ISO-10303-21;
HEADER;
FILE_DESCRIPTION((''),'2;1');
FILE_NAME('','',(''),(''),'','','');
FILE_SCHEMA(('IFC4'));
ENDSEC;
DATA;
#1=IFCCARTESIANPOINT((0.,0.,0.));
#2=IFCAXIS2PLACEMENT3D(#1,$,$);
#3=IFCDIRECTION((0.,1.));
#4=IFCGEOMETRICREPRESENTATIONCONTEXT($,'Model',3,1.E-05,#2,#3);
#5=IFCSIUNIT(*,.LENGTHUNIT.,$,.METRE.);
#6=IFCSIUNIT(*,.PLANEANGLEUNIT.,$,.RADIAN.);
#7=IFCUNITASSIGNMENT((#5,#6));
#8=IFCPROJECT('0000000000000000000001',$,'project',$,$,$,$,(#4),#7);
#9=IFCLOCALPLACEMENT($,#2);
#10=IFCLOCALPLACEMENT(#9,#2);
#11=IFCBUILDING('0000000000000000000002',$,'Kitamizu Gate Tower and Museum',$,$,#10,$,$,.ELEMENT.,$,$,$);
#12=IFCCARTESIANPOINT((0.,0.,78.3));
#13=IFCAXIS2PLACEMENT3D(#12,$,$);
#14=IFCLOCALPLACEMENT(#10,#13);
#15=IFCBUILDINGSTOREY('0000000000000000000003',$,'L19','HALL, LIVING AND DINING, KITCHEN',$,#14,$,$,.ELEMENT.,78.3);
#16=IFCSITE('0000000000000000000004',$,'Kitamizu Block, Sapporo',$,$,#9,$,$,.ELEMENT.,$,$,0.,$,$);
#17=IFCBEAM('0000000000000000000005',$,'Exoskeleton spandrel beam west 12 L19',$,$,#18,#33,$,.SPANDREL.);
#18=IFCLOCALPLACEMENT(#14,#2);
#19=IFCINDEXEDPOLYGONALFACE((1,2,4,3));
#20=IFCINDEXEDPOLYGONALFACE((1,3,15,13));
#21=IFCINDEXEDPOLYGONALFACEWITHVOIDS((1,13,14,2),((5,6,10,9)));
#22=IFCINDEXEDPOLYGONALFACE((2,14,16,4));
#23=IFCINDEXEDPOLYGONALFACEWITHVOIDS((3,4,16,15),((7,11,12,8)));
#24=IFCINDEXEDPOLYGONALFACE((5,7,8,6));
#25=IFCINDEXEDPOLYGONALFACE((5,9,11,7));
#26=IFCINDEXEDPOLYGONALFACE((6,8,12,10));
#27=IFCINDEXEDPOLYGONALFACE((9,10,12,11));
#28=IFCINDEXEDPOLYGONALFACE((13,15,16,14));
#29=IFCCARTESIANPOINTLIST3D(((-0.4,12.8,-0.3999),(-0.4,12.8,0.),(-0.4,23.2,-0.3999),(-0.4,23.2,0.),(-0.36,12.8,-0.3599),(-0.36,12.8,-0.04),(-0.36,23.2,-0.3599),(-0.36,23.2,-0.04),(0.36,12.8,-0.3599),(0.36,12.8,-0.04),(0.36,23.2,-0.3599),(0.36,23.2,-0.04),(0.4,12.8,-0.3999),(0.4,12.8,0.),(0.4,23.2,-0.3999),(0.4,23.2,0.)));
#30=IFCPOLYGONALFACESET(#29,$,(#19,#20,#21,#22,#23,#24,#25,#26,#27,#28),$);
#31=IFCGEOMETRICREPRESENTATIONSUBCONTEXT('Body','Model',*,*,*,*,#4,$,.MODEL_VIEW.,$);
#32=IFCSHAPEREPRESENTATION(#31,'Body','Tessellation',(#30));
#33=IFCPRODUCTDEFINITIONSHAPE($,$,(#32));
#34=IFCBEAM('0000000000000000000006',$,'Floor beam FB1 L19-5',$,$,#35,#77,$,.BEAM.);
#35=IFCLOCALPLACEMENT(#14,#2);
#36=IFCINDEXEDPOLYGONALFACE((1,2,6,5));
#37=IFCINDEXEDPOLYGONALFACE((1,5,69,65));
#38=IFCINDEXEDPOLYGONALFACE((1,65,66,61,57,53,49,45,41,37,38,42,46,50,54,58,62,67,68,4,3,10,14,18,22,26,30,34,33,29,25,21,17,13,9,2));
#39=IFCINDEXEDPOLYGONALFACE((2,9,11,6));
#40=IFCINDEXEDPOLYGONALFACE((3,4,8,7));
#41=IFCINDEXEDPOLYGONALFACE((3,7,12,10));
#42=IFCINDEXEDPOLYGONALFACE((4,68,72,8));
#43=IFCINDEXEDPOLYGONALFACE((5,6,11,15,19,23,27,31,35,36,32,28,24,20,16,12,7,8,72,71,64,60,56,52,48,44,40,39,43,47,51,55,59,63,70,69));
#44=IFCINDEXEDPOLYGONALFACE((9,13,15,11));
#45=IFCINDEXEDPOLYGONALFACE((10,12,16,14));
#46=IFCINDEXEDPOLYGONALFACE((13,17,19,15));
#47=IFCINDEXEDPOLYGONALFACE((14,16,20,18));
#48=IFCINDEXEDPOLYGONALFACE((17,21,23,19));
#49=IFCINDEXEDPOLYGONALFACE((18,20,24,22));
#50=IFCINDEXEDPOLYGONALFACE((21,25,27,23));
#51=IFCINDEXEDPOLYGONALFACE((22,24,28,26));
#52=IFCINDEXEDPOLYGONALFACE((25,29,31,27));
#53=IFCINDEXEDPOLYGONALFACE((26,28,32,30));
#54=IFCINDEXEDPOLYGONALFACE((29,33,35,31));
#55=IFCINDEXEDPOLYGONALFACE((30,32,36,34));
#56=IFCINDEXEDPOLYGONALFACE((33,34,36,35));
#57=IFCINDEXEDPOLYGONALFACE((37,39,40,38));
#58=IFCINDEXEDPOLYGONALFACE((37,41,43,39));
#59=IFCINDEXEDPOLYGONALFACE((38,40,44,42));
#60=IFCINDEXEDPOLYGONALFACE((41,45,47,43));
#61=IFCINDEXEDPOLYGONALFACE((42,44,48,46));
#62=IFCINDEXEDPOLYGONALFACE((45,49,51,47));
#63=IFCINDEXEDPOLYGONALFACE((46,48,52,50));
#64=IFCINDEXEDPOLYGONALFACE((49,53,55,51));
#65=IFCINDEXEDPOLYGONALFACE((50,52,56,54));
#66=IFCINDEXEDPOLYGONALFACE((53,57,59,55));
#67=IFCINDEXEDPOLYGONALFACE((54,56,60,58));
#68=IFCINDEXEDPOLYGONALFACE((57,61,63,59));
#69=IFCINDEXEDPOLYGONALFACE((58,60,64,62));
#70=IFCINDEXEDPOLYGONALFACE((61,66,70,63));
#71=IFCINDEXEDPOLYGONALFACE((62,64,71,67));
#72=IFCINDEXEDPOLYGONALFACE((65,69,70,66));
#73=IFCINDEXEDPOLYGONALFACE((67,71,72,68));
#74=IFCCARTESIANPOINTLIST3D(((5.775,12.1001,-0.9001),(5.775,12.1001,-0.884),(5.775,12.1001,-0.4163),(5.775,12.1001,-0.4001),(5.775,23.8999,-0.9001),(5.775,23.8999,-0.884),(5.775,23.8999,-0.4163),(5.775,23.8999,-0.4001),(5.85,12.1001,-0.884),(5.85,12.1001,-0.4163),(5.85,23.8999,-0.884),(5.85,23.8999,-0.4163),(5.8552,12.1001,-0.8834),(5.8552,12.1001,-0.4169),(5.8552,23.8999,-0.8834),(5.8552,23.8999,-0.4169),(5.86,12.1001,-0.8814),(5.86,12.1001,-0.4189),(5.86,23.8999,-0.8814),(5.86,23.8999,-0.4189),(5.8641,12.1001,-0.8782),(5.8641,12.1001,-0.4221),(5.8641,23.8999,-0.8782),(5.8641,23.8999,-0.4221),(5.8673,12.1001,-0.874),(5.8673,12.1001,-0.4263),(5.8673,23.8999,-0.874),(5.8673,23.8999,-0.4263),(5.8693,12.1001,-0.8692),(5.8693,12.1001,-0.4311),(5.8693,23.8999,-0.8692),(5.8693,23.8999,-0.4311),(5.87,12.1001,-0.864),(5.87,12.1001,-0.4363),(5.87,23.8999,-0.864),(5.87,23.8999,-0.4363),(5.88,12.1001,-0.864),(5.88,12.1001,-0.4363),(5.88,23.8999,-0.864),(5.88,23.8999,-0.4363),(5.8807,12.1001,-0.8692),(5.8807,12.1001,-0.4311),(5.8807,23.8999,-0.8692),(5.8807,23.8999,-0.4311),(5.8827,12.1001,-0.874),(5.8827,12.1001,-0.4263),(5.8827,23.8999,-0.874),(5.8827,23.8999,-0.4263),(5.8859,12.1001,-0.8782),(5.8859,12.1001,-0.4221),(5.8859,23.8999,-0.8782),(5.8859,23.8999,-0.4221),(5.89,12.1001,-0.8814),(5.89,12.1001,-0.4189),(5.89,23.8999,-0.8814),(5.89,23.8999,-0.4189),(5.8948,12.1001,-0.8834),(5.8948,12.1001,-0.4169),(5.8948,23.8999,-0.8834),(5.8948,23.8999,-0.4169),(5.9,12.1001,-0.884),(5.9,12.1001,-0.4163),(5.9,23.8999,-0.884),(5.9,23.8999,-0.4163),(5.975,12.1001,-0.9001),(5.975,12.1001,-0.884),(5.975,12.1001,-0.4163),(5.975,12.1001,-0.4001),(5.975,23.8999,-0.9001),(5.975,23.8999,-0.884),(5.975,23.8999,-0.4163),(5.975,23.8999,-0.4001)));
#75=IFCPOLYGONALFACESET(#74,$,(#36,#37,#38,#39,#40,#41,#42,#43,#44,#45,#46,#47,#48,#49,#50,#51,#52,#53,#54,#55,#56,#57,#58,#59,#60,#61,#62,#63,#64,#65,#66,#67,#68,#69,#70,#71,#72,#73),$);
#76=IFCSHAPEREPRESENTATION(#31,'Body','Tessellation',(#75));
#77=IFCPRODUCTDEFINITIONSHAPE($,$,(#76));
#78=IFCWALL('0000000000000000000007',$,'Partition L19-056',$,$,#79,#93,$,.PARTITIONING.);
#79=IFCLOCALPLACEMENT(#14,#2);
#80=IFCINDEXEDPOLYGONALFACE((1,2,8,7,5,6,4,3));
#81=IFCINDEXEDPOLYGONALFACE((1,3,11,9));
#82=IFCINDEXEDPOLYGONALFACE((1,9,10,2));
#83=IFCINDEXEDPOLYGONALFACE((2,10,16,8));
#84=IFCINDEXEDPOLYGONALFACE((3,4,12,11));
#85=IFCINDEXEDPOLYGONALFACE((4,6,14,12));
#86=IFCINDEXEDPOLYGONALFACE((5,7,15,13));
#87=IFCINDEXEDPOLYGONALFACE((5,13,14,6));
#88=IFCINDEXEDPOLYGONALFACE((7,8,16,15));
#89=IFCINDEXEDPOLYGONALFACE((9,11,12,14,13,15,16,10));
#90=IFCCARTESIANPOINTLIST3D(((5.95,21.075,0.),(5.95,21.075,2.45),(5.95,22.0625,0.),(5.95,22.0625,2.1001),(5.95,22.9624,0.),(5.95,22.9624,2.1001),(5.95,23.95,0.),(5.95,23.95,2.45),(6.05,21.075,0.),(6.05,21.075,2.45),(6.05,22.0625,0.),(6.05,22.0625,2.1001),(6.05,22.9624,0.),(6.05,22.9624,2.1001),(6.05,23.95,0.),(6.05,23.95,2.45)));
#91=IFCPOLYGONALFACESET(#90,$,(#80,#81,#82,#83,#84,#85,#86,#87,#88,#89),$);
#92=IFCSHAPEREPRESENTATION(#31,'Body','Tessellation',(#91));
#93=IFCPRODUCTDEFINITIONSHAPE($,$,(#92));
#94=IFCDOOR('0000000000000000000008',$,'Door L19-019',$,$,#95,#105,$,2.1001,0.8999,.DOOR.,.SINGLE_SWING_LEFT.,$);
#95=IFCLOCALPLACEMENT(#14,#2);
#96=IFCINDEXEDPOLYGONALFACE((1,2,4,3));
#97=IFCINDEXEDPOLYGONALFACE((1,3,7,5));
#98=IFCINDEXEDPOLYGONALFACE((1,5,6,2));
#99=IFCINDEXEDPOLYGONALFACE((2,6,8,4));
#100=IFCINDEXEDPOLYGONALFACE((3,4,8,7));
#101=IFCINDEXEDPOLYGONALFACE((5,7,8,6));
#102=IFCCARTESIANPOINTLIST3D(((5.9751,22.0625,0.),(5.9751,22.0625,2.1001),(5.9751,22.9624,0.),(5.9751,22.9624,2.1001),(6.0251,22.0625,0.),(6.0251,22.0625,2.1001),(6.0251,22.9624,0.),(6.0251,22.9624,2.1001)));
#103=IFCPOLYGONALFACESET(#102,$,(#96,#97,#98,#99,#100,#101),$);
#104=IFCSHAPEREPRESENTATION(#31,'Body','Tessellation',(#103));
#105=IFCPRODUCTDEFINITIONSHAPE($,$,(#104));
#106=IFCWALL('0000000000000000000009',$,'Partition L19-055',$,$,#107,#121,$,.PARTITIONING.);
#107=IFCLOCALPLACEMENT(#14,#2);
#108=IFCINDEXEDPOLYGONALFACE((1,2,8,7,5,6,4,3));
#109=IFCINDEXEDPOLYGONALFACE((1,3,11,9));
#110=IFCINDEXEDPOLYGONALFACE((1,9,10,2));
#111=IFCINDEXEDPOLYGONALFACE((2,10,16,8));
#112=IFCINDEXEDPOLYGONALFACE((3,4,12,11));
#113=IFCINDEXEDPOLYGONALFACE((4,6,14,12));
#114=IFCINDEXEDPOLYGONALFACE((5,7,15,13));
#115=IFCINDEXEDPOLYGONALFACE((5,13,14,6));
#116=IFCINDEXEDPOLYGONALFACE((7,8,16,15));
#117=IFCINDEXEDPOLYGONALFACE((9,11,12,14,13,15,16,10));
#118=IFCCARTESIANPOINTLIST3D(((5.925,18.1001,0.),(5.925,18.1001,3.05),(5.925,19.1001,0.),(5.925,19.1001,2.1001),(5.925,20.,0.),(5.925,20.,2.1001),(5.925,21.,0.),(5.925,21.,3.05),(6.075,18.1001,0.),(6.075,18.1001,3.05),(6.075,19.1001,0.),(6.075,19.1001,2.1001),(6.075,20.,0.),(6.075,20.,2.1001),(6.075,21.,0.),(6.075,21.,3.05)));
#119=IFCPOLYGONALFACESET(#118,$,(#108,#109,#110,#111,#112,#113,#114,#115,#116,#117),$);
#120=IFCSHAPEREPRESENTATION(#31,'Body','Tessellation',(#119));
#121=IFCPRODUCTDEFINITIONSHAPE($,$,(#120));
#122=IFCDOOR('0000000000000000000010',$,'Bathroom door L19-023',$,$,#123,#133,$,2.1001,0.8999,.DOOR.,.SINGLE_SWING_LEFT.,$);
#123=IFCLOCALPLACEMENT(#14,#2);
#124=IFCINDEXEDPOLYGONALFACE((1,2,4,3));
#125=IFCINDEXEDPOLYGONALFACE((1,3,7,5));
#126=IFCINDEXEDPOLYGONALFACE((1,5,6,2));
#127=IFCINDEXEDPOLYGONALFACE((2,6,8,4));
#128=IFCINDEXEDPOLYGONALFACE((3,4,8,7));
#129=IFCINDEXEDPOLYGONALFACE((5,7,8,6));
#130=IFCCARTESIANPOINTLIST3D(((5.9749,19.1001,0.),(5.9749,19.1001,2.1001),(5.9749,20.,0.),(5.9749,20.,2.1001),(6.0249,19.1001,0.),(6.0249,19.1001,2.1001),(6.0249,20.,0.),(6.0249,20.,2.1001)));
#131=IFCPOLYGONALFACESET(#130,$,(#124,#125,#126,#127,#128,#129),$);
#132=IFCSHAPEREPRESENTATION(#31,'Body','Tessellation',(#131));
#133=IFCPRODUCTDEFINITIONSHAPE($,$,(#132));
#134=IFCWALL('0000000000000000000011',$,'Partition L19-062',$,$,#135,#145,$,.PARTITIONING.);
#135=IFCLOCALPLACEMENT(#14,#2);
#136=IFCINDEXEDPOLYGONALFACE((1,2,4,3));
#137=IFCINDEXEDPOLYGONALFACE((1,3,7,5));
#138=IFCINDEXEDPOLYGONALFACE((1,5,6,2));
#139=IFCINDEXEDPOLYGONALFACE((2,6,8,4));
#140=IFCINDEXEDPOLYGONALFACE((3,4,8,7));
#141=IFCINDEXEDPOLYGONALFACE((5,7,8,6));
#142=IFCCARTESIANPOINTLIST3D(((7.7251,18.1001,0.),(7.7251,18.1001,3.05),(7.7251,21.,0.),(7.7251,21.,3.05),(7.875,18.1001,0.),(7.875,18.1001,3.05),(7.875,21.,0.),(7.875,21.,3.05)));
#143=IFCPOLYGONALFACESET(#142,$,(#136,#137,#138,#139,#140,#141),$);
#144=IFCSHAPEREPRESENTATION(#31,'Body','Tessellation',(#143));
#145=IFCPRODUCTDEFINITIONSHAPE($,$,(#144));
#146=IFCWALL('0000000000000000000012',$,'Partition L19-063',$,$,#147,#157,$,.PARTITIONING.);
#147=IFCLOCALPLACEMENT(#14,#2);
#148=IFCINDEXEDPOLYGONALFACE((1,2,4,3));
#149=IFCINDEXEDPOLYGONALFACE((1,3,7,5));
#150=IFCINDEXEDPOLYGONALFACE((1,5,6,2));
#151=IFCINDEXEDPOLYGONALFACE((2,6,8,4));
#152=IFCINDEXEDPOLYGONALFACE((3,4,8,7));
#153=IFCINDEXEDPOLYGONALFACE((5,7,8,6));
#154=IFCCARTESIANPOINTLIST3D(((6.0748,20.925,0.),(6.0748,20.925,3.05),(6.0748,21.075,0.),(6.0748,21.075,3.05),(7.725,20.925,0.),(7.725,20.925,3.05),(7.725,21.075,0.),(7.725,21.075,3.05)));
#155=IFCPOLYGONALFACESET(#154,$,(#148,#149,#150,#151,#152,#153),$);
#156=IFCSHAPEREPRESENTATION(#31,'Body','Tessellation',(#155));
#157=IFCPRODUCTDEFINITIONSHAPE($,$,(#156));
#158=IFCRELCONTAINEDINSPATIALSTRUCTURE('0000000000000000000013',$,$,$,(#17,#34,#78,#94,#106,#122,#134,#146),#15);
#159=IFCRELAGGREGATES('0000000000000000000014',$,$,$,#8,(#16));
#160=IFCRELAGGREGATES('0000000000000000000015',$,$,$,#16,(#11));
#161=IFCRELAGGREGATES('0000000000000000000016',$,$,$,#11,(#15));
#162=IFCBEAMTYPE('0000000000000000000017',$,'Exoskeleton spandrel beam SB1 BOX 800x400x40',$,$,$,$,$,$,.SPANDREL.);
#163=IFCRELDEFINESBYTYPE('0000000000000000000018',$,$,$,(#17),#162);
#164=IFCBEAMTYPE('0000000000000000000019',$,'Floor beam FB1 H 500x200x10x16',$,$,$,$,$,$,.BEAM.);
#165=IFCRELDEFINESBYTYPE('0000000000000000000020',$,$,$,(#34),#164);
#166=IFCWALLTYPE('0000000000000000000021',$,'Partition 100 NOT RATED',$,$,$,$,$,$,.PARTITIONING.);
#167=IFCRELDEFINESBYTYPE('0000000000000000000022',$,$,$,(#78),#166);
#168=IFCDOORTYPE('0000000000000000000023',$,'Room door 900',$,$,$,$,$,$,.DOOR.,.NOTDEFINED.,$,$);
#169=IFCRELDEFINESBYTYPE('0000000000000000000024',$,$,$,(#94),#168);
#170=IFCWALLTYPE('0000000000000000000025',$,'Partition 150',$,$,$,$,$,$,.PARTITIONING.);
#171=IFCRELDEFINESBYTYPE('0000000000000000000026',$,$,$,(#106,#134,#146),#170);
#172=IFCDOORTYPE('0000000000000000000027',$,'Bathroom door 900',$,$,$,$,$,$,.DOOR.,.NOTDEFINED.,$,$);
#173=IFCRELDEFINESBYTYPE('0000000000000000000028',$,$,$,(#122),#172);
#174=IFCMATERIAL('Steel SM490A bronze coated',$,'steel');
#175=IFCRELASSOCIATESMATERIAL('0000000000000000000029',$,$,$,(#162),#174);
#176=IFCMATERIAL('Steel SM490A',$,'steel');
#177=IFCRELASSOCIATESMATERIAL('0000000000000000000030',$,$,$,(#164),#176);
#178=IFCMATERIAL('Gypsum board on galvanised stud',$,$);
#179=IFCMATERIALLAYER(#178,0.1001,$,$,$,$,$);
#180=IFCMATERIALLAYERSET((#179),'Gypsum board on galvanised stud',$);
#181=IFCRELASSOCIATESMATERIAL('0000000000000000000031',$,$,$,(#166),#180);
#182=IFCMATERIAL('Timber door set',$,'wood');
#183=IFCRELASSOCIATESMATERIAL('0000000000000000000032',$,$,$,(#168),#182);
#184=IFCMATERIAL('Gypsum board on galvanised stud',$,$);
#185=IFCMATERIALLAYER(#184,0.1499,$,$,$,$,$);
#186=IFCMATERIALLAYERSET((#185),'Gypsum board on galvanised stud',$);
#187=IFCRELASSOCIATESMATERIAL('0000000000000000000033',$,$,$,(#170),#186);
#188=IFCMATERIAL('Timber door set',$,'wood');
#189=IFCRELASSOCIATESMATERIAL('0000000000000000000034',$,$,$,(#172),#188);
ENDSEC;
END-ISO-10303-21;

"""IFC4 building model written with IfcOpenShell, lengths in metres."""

from ifc_helpers import new_model, si_unit, direction, frame, frame_2d, origin, origin_2d, place, context, subcontext, project, spatial, rectangle, hollow_rectangle, i_section, extrude, material, layer, layer_set, material_profile, profile_set, type_object, element, fill, save


model = new_model("IFC4")

# Units and contexts
model_context = context("Model", 3, precision=1e-05, world=origin(), true_north=direction((0.0, 1.0)))
body_context = subcontext(model_context, "Body", "Model", "MODEL_VIEW")
ifc_project = project(units=[si_unit("LENGTHUNIT", "METRE"), si_unit("PLANEANGLEUNIT", "RADIAN")], contexts=[model_context])

# Site, building, storey
site_placement = place(None, origin())
site = spatial("IfcSite", under=ifc_project, at=site_placement, Name="Kitamizu Block, Sapporo", CompositionType="ELEMENT", RefElevation=0.0)
building_placement = place(site_placement, origin())
building = spatial("IfcBuilding", under=site, at=building_placement, Name="Kitamizu Gate Tower and Museum", CompositionType="ELEMENT")
storey_placement = place(building_placement, frame((0.0, 0.0, 78.3)))
storey = spatial("IfcBuildingStorey", under=building, at=storey_placement, Name="L19", Description="HALL, LIVING AND DINING, KITCHEN", CompositionType="ELEMENT", Elevation=78.3)

# Beams
ifc_material_1 = material(Name="Steel SM490A bronze coated", Category="steel")
ifc_material_profile_1 = material_profile(ifc_material_1, hollow_rectangle(XDim=0.8, YDim=0.3999, WallThickness=0.04, at=origin_2d()), Name="BOX 800x400x40")
ifc_profile_set_1 = profile_set([ifc_material_profile_1], Name="Steel SM490A bronze coated")
beam_type_1 = type_object("IfcBeamType", Name="Exoskeleton spandrel beam SB1 BOX 800x400x40", PredefinedType="SPANDREL", material=ifc_profile_set_1)
beam_1_placement = place(storey_placement, frame((0.0, 12.8, -0.2), z_axis=(0.0, 1.0, 0.0), x_axis=(-1.0, 0.0, 0.0)))
element("IfcBeam", 1, at=beam_1_placement, inside=storey, type_object=beam_type_1, Name="Exoskeleton spandrel beam west 12 L19", PredefinedType="SPANDREL", context=body_context, shape_type="SweptSolid", body=[
    extrude(hollow_rectangle(XDim=0.8, YDim=0.3999, WallThickness=0.04, at=origin_2d()), origin(), (0.0, 0.0, 1.0), 10.3999),
])
ifc_material_2 = material(Name="Steel SM490A", Category="steel")
ifc_material_profile_2 = material_profile(ifc_material_2, i_section(OverallWidth=0.2, OverallDepth=0.5, WebThickness=0.01, FlangeThickness=0.0161, FilletRadius=0.02, at=origin_2d()), Name="H-500x200x10x16")
ifc_profile_set_2 = profile_set([ifc_material_profile_2], Name="Steel SM490A")
beam_type_2 = type_object("IfcBeamType", Name="Floor beam FB1 H 500x200x10x16", PredefinedType="BEAM", material=ifc_profile_set_2)
beam_2_placement = place(storey_placement, frame((5.875, 12.1001, -0.6501), z_axis=(0.0, 1.0, 0.0), x_axis=(-1.0, 0.0, 0.0)))
element("IfcBeam", 2, at=beam_2_placement, inside=storey, type_object=beam_type_2, Name="Floor beam FB1 L19-5", PredefinedType="BEAM", context=body_context, shape_type="SweptSolid", body=[
    extrude(i_section(OverallWidth=0.2, OverallDepth=0.5, WebThickness=0.01, FlangeThickness=0.0161, FilletRadius=0.02, at=origin_2d()), origin(), (0.0, 0.0, 1.0), 11.7998),
])

# Walls, openings, doors
ifc_material_3 = material(Name="Gypsum board on galvanised stud")
ifc_layer_1 = layer(ifc_material_3, 0.1001)
ifc_layer_set_1 = layer_set([ifc_layer_1], Name="Gypsum board on galvanised stud")
wall_type_1 = type_object("IfcWallType", Name="Partition 100 NOT RATED", PredefinedType="PARTITIONING", material=ifc_layer_set_1)
wall_1_placement = place(storey_placement, frame((6.0, 21.075, 0.0), z_axis=(0.0, 0.0, 1.0), x_axis=(0.0, 1.0, 0.0)))
wall_1 = element("IfcWall", 3, at=wall_1_placement, inside=storey, type_object=wall_type_1, Name="Partition L19-056", PredefinedType="PARTITIONING", context=body_context, shape_type="SweptSolid", body=[
    extrude(rectangle(XDim=2.875, YDim=0.1001, at=frame_2d((1.4375, 0.0))), origin(), (0.0, 0.0, 1.0), 2.45),
])
opening_1_placement = place(wall_1_placement, frame((0.9875, 0.0, 0.0)))
opening_1 = element("IfcOpeningElement", 4, at=opening_1_placement, cuts=wall_1, PredefinedType="OPENING", context=body_context, shape_type="SweptSolid", body=[
    extrude(rectangle(XDim=0.8999, YDim=2.1001, at=frame_2d((0.45, 1.05))), frame((0.0, 0.0601, 0.0), z_axis=(0.0, -1.0, 0.0), x_axis=(1.0, 0.0, 0.0)), (0.0, 0.0, 1.0), 0.1201),
])
ifc_material_4 = material(Name="Timber door set", Category="wood")
door_type_1 = type_object("IfcDoorType", Name="Room door 900", OperationType="NOTDEFINED", PredefinedType="DOOR", material=ifc_material_4)
door_1_placement = place(opening_1_placement, origin())
door_1 = element("IfcDoor", 5, at=door_1_placement, inside=storey, type_object=door_type_1, Name="Door L19-019", OperationType="SINGLE_SWING_LEFT", OverallHeight=2.1001, OverallWidth=0.8999, PredefinedType="DOOR", context=body_context, shape_type="SweptSolid", body=[
    extrude(rectangle(XDim=0.8999, YDim=2.1001, at=frame_2d((0.45, 1.05))), frame((0.0, 0.0249, 0.0), z_axis=(0.0, -1.0, 0.0), x_axis=(1.0, 0.0, 0.0)), (0.0, 0.0, 1.0), 0.05),
])
fill(opening_1, door_1)
ifc_material_5 = material(Name="Gypsum board on galvanised stud")
ifc_layer_2 = layer(ifc_material_5, 0.1499)
ifc_layer_set_2 = layer_set([ifc_layer_2], Name="Gypsum board on galvanised stud")
wall_type_2 = type_object("IfcWallType", Name="Partition 150", PredefinedType="PARTITIONING", material=ifc_layer_set_2)
wall_2_placement = place(storey_placement, frame((6.0, 18.1001, 0.0), z_axis=(0.0, 0.0, 1.0), x_axis=(0.0, 1.0, 0.0)))
wall_2 = element("IfcWall", 6, at=wall_2_placement, inside=storey, type_object=wall_type_2, Name="Partition L19-055", PredefinedType="PARTITIONING", context=body_context, shape_type="SweptSolid", body=[
    extrude(rectangle(XDim=2.8999, YDim=0.1499, at=frame_2d((1.45, 0.0))), origin(), (0.0, 0.0, 1.0), 3.05),
])
opening_2_placement = place(wall_2_placement, frame((1.0, 0.0, 0.0)))
opening_2 = element("IfcOpeningElement", 7, at=opening_2_placement, cuts=wall_2, PredefinedType="OPENING", context=body_context, shape_type="SweptSolid", body=[
    extrude(rectangle(XDim=0.8999, YDim=2.1001, at=frame_2d((0.45, 1.05))), frame((0.0, 0.085, 0.0), z_axis=(0.0, -1.0, 0.0), x_axis=(1.0, 0.0, 0.0)), (0.0, 0.0, 1.0), 0.1699),
])
ifc_material_6 = material(Name="Timber door set", Category="wood")
door_type_2 = type_object("IfcDoorType", Name="Bathroom door 900", OperationType="NOTDEFINED", PredefinedType="DOOR", material=ifc_material_6)
door_2_placement = place(opening_2_placement, frame((0.8999, 0.0, 0.0), x_axis=(-1.0, 0.0, 0.0)))
door_2 = element("IfcDoor", 8, at=door_2_placement, inside=storey, type_object=door_type_2, Name="Bathroom door L19-023", OperationType="SINGLE_SWING_LEFT", OverallHeight=2.1001, OverallWidth=0.8999, PredefinedType="DOOR", context=body_context, shape_type="SweptSolid", body=[
    extrude(rectangle(XDim=0.8999, YDim=2.1001, at=frame_2d((0.45, 1.05))), frame((0.0, 0.0249, 0.0), z_axis=(0.0, -1.0, 0.0), x_axis=(1.0, 0.0, 0.0)), (0.0, 0.0, 1.0), 0.05),
])
fill(opening_2, door_2)

# Walls
wall_3_placement = place(storey_placement, frame((7.8, 18.1001, 0.0), z_axis=(0.0, 0.0, 1.0), x_axis=(0.0, 1.0, 0.0)))
element("IfcWall", 9, at=wall_3_placement, inside=storey, type_object=wall_type_2, Name="Partition L19-062", PredefinedType="PARTITIONING", context=body_context, shape_type="SweptSolid", body=[
    extrude(rectangle(XDim=2.8999, YDim=0.1499, at=frame_2d((1.45, 0.0))), origin(), (0.0, 0.0, 1.0), 3.05),
])
wall_4_placement = place(storey_placement, frame((7.7251, 21.0, 0.0), z_axis=(0.0, 0.0, 1.0), x_axis=(-1.0, 0.0, 0.0)))
element("IfcWall", 10, at=wall_4_placement, inside=storey, type_object=wall_type_2, Name="Partition L19-063", PredefinedType="PARTITIONING", context=body_context, shape_type="SweptSolid", body=[
    extrude(rectangle(XDim=1.6501, YDim=0.1499, at=frame_2d((0.8252, 0.0))), origin(), (0.0, 0.0, 1.0), 3.05),
])

save(model, "model.ifc")
